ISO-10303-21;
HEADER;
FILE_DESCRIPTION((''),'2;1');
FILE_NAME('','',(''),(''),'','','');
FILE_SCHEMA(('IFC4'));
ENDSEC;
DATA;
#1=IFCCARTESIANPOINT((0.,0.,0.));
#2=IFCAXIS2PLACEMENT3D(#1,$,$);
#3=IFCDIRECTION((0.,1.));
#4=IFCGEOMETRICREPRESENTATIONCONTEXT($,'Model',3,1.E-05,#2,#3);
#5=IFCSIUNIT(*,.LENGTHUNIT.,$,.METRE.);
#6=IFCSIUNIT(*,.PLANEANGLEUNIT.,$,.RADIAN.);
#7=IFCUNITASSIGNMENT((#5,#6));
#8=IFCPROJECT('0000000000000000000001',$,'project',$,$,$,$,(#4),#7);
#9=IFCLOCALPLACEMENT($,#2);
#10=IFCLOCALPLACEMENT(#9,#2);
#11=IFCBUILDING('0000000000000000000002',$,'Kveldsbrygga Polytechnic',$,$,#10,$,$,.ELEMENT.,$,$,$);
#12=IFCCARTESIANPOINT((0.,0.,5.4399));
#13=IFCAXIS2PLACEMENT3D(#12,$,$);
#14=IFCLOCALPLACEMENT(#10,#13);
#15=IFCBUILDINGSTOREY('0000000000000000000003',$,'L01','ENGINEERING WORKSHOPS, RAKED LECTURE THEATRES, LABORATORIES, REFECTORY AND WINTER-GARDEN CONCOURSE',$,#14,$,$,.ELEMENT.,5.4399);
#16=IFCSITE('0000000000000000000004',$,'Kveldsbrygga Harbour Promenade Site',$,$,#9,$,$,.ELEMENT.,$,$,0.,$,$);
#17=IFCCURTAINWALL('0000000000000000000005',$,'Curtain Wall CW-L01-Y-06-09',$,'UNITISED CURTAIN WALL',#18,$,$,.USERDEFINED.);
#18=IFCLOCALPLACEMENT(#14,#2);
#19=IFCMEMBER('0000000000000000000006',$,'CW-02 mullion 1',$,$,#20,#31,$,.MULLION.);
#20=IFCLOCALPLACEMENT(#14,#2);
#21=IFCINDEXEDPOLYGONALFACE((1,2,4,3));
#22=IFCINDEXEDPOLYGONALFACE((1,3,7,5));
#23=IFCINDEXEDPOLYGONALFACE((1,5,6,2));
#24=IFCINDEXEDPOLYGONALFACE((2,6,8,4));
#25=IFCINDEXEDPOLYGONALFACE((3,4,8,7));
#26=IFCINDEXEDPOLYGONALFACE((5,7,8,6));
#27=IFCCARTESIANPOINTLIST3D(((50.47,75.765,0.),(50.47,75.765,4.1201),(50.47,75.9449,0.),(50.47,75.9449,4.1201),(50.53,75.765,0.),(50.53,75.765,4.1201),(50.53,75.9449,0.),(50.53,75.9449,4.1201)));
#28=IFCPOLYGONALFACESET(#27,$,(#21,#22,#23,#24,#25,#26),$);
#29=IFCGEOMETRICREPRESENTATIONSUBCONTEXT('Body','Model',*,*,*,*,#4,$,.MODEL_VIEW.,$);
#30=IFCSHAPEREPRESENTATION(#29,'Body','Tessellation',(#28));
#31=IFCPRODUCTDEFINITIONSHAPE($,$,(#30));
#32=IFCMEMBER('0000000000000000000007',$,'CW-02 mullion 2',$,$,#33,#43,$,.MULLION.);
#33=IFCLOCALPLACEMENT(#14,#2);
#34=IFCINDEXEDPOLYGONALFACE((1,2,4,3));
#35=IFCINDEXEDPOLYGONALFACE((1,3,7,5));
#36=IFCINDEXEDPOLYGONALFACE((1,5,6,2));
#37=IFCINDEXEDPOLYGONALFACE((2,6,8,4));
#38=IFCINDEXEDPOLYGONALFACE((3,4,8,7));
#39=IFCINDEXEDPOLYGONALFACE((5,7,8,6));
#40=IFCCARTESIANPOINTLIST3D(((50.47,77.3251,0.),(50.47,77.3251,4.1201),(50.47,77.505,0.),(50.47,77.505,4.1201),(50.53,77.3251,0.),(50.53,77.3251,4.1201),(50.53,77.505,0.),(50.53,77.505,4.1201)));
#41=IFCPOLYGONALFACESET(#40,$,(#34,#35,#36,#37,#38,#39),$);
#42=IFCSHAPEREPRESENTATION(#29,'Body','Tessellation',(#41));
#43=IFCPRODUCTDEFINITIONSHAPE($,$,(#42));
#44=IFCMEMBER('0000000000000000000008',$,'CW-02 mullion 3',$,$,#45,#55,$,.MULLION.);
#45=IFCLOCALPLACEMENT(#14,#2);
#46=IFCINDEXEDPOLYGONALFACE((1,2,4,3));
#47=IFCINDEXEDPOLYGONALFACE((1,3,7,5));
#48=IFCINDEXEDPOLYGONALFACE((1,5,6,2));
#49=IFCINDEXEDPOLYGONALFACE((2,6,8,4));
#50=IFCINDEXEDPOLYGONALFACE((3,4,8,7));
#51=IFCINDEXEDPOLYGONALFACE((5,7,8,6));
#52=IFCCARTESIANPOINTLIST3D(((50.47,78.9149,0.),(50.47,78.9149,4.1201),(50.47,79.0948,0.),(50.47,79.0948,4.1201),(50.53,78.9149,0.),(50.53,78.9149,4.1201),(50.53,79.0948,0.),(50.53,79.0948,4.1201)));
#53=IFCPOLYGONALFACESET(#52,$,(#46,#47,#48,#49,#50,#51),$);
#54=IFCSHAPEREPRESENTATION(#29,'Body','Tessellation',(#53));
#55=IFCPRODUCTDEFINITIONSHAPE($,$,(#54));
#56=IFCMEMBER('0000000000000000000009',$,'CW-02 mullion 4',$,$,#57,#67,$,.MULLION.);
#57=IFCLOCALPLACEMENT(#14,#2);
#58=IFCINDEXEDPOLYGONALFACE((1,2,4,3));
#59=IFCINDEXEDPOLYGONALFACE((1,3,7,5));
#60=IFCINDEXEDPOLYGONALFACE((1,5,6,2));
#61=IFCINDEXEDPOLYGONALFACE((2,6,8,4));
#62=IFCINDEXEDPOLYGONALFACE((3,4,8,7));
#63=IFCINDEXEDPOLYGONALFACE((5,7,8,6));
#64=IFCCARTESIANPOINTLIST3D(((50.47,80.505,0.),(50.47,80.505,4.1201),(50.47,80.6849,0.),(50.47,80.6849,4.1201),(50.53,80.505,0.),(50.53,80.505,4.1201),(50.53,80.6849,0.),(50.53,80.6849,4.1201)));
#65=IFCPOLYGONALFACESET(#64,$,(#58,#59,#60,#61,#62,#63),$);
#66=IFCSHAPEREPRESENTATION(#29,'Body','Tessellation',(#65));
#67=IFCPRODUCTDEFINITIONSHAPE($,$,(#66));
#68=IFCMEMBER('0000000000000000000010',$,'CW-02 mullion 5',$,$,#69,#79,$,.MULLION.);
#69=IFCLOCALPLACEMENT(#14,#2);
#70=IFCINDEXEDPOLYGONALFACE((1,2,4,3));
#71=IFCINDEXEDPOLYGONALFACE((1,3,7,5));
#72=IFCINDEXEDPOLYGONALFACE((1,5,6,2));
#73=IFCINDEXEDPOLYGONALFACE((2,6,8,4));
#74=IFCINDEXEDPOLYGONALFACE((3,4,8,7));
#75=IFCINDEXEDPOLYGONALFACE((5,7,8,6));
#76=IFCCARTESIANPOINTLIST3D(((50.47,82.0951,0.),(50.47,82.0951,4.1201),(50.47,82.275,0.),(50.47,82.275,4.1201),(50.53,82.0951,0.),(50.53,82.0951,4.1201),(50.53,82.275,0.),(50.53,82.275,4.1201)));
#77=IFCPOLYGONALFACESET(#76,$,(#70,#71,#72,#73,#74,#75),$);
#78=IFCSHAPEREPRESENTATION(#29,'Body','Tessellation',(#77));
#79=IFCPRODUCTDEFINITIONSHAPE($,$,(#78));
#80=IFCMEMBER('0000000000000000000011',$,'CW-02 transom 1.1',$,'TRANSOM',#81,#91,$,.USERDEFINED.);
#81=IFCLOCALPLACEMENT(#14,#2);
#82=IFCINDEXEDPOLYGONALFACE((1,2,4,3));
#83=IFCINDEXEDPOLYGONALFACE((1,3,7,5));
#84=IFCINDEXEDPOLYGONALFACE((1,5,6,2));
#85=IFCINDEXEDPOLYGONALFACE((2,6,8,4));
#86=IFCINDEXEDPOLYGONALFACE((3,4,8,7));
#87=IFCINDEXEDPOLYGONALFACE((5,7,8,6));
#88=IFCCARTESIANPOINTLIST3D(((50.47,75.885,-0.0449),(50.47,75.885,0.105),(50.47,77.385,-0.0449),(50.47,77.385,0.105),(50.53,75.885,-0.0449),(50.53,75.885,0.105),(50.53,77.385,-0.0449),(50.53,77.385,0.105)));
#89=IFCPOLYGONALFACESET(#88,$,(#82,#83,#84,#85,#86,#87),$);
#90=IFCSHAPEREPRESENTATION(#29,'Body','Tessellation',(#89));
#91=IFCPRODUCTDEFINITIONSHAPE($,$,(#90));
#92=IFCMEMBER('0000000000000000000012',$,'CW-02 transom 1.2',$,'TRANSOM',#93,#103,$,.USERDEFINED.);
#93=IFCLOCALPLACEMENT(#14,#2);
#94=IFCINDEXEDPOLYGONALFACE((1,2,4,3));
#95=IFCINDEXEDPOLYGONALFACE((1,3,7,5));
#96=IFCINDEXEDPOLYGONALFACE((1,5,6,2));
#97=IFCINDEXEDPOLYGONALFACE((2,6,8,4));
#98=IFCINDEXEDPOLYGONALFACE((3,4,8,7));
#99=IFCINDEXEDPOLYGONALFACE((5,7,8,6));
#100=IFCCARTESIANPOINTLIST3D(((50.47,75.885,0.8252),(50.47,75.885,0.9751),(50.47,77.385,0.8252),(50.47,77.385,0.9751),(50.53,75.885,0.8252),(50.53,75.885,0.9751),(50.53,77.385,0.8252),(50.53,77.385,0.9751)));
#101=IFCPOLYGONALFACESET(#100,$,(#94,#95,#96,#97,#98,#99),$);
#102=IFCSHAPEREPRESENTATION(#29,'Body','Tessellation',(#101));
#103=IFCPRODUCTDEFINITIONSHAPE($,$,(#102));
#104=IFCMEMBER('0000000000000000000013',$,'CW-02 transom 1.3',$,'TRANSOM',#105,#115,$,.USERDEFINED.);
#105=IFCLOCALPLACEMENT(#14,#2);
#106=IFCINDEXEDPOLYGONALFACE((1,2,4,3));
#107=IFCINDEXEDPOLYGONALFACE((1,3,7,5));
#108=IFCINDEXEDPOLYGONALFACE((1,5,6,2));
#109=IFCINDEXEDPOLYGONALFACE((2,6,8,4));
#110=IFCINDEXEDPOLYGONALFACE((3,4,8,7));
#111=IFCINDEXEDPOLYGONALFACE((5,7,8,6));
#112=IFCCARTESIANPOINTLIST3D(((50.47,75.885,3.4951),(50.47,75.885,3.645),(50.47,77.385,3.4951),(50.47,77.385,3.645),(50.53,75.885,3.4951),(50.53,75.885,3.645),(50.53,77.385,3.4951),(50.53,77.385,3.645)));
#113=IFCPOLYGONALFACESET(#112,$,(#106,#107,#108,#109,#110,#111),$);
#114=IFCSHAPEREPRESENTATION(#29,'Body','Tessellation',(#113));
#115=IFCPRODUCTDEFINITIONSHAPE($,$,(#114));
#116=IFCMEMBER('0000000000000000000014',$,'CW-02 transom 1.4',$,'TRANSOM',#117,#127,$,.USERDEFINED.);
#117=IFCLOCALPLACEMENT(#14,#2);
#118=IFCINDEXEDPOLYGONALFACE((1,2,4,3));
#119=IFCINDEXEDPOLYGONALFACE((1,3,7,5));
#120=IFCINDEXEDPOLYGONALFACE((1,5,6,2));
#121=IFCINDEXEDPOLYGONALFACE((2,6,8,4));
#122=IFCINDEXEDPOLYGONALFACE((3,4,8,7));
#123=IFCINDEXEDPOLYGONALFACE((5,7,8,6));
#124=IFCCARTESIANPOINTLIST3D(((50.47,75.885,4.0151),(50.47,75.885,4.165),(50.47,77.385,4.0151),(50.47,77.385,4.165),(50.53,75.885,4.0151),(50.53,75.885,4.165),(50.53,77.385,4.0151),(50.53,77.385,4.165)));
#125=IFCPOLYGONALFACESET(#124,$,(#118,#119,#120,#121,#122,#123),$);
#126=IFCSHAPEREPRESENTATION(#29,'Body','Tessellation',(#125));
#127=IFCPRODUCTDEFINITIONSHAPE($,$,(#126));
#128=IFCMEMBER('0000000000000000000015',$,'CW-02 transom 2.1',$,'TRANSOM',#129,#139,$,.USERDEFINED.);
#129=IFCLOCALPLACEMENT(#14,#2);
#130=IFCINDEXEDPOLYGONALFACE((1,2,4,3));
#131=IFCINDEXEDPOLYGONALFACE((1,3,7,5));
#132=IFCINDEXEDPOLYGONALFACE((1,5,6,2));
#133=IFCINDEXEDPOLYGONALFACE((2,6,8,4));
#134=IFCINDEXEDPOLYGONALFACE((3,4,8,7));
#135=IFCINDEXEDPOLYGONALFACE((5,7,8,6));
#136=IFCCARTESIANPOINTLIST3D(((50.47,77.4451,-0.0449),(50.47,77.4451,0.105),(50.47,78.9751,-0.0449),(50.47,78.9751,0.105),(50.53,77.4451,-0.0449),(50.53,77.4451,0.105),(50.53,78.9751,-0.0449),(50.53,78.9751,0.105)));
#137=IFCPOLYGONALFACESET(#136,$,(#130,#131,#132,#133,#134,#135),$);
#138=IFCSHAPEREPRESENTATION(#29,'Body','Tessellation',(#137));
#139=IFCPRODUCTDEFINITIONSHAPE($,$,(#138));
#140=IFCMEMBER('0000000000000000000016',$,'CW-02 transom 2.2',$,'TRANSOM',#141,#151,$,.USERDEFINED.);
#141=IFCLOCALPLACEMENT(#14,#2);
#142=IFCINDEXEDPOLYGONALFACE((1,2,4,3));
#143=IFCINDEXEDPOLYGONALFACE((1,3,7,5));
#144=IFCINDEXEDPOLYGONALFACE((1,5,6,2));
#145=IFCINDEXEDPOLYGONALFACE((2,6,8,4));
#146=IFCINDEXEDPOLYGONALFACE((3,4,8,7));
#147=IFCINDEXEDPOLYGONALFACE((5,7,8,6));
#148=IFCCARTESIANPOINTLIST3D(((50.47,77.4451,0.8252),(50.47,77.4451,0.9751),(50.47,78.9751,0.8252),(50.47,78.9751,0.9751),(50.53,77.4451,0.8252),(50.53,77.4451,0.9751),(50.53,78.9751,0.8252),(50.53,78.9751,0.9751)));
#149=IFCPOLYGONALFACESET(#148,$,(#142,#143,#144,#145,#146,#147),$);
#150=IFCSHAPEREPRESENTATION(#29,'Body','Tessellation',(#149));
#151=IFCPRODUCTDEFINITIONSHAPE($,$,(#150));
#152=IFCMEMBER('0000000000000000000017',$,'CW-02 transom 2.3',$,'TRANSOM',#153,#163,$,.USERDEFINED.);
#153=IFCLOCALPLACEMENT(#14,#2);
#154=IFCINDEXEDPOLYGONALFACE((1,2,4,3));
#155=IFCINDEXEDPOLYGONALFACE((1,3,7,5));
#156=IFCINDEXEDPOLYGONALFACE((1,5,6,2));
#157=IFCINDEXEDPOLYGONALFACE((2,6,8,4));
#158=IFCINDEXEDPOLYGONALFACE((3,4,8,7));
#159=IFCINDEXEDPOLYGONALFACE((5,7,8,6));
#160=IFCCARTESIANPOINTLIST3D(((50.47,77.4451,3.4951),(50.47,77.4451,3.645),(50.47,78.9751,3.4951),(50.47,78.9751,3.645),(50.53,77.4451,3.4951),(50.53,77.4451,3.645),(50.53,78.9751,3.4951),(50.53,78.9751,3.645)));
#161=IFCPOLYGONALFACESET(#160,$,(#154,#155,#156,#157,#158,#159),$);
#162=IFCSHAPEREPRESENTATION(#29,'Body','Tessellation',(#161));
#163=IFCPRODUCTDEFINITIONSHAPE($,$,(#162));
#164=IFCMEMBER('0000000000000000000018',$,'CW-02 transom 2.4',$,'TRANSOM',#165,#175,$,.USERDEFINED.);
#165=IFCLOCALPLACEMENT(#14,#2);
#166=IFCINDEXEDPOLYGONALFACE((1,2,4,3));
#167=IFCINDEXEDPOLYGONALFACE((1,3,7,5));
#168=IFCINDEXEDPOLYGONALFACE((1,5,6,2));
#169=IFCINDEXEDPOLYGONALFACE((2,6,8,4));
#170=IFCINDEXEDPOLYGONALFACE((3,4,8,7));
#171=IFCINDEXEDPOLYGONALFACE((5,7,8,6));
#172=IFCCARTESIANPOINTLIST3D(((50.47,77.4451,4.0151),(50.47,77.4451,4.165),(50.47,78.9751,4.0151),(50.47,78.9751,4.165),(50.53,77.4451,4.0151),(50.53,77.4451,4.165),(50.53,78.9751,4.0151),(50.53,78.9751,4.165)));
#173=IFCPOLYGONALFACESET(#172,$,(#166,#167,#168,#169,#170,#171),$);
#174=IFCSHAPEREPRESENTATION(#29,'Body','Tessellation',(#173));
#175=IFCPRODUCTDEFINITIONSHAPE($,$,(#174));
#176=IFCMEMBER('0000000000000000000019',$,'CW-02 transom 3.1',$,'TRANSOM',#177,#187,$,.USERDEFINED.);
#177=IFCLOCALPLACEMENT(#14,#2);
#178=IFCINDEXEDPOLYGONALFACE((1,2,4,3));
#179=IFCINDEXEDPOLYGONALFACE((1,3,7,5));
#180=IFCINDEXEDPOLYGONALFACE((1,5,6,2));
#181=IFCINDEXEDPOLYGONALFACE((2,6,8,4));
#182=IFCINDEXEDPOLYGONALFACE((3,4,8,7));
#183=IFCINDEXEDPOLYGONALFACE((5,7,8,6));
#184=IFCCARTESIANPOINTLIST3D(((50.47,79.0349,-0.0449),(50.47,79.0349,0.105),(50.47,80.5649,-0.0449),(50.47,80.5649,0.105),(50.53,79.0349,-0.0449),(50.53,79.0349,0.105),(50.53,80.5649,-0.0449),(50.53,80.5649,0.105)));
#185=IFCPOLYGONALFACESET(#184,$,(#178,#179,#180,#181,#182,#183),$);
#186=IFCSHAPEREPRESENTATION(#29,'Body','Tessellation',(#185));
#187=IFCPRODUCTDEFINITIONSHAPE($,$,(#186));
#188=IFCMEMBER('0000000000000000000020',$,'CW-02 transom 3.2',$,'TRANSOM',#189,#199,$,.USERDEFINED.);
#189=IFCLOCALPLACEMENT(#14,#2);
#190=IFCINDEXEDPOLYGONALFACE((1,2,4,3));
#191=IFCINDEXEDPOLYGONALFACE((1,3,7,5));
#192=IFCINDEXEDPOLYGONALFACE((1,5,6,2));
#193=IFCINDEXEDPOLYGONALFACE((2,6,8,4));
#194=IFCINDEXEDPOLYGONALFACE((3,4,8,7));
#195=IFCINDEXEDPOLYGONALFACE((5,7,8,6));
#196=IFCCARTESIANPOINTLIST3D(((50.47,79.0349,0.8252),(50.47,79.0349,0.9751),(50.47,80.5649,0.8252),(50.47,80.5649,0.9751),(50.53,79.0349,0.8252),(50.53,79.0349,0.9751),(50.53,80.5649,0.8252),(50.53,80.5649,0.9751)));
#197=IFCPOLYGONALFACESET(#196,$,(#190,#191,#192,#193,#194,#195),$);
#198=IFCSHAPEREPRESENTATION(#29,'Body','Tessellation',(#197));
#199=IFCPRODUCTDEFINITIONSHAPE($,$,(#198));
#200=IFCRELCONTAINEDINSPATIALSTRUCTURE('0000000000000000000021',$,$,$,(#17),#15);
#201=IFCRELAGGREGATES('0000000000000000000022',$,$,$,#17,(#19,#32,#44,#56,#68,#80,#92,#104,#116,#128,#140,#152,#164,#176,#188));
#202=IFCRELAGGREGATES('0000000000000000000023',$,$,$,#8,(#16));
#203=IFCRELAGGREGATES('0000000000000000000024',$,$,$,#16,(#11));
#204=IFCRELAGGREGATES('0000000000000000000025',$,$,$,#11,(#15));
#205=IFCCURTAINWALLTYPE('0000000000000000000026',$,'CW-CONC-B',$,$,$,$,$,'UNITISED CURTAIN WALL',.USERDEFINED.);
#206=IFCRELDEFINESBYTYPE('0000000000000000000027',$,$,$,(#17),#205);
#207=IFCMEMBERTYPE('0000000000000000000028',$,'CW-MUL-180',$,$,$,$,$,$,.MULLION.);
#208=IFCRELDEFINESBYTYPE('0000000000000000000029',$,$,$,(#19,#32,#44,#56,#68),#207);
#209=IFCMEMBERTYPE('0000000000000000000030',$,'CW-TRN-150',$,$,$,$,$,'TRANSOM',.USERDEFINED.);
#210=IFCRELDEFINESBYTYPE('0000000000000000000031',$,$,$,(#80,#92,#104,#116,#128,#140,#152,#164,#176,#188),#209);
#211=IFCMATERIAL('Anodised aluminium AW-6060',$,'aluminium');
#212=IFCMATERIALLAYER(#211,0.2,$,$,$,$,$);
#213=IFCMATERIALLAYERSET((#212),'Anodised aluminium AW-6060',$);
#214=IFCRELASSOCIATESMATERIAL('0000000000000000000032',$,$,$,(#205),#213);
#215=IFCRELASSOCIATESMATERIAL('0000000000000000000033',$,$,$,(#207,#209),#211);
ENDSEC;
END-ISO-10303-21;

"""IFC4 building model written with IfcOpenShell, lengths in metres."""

from ifc_helpers import new_model, si_unit, direction, frame, origin, origin_2d, place, context, subcontext, project, spatial, rectangle, extrude, material, layer, layer_set, material_profile, profile_set, type_object, element, aggregate, save


model = new_model("IFC4")

# Units and contexts
model_context = context("Model", 3, precision=1e-05, world=origin(), true_north=direction((0.0, 1.0)))
body_context = subcontext(model_context, "Body", "Model", "MODEL_VIEW")
ifc_project = project(units=[si_unit("LENGTHUNIT", "METRE"), si_unit("PLANEANGLEUNIT", "RADIAN")], contexts=[model_context])

# Site, building, storey
site_placement = place(None, origin())
site = spatial("IfcSite", under=ifc_project, at=site_placement, Name="Kveldsbrygga Harbour Promenade Site", CompositionType="ELEMENT", RefElevation=0.0)
building_placement = place(site_placement, origin())
building = spatial("IfcBuilding", under=site, at=building_placement, Name="Kveldsbrygga Polytechnic", CompositionType="ELEMENT")
storey_placement = place(building_placement, frame((0.0, 0.0, 5.4399)))
storey = spatial("IfcBuildingStorey", under=building, at=storey_placement, Name="L01", Description="ENGINEERING WORKSHOPS, RAKED LECTURE THEATRES, LABORATORIES, REFECTORY AND WINTER-GARDEN CONCOURSE", CompositionType="ELEMENT", Elevation=5.4399)

# Curtain wall, members
ifc_material_1 = material(Name="Anodised aluminium AW-6060", Category="aluminium")
ifc_layer_1 = layer(ifc_material_1, 0.2)
ifc_layer_set_1 = layer_set([ifc_layer_1], Name="Anodised aluminium AW-6060")
curtain_wall_type = type_object("IfcCurtainWallType", Name="CW-CONC-B", ElementType="UNITISED CURTAIN WALL", PredefinedType="USERDEFINED", material=ifc_layer_set_1)
curtain_wall_placement = place(storey_placement, origin())
curtain_wall = element("IfcCurtainWall", 1, at=curtain_wall_placement, inside=storey, type_object=curtain_wall_type, Name="Curtain Wall CW-L01-Y-06-09", ObjectType="UNITISED CURTAIN WALL", PredefinedType="USERDEFINED")
ifc_material_profile_1 = material_profile(ifc_material_1, rectangle(XDim=0.0601, YDim=0.1799, at=origin_2d()), Name="ALU 60x180")
ifc_profile_set_1 = profile_set([ifc_material_profile_1], Name="Anodised aluminium AW-6060")
member_type_1 = type_object("IfcMemberType", Name="CW-MUL-180", PredefinedType="MULLION", material=ifc_profile_set_1)
member_1_placement = place(storey_placement, frame((50.5, 75.855, 0.0), z_axis=(0.0, 0.0, 1.0), x_axis=(-1.0, 0.0, 0.0)))
member_1 = element("IfcMember", 2, at=member_1_placement, type_object=member_type_1, Name="CW-02 mullion 1", PredefinedType="MULLION", context=body_context, shape_type="SweptSolid", body=[
    extrude(rectangle(XDim=0.0601, YDim=0.1799, at=origin_2d()), origin(), (0.0, 0.0, 1.0), 4.1201),
])
member_2_placement = place(storey_placement, frame((50.5, 77.415, 0.0), z_axis=(0.0, 0.0, 1.0), x_axis=(-1.0, 0.0, 0.0)))
member_2 = element("IfcMember", 3, at=member_2_placement, type_object=member_type_1, Name="CW-02 mullion 2", PredefinedType="MULLION", context=body_context, shape_type="SweptSolid", body=[
    extrude(rectangle(XDim=0.0601, YDim=0.1799, at=origin_2d()), origin(), (0.0, 0.0, 1.0), 4.1201),
])
member_3_placement = place(storey_placement, frame((50.5, 79.0049, 0.0), z_axis=(0.0, 0.0, 1.0), x_axis=(-1.0, 0.0, 0.0)))
member_3 = element("IfcMember", 4, at=member_3_placement, type_object=member_type_1, Name="CW-02 mullion 3", PredefinedType="MULLION", context=body_context, shape_type="SweptSolid", body=[
    extrude(rectangle(XDim=0.0601, YDim=0.1799, at=origin_2d()), origin(), (0.0, 0.0, 1.0), 4.1201),
])
member_4_placement = place(storey_placement, frame((50.5, 80.595, 0.0), z_axis=(0.0, 0.0, 1.0), x_axis=(-1.0, 0.0, 0.0)))
member_4 = element("IfcMember", 5, at=member_4_placement, type_object=member_type_1, Name="CW-02 mullion 4", PredefinedType="MULLION", context=body_context, shape_type="SweptSolid", body=[
    extrude(rectangle(XDim=0.0601, YDim=0.1799, at=origin_2d()), origin(), (0.0, 0.0, 1.0), 4.1201),
])
member_5_placement = place(storey_placement, frame((50.5, 82.1851, 0.0), z_axis=(0.0, 0.0, 1.0), x_axis=(-1.0, 0.0, 0.0)))
member_5 = element("IfcMember", 6, at=member_5_placement, type_object=member_type_1, Name="CW-02 mullion 5", PredefinedType="MULLION", context=body_context, shape_type="SweptSolid", body=[
    extrude(rectangle(XDim=0.0601, YDim=0.1799, at=origin_2d()), origin(), (0.0, 0.0, 1.0), 4.1201),
])
ifc_material_profile_2 = material_profile(ifc_material_1, rectangle(XDim=0.0601, YDim=0.1499, at=origin_2d()), Name="ALU 60x150")
ifc_profile_set_2 = profile_set([ifc_material_profile_2], Name="Anodised aluminium AW-6060")
member_type_2 = type_object("IfcMemberType", Name="CW-TRN-150", ElementType="TRANSOM", PredefinedType="USERDEFINED", material=ifc_profile_set_2)
member_6_placement = place(storey_placement, frame((50.5, 75.885, 0.03), z_axis=(0.0, 1.0, 0.0), x_axis=(-1.0, 0.0, 0.0)))
member_6 = element("IfcMember", 7, at=member_6_placement, type_object=member_type_2, Name="CW-02 transom 1.1", ObjectType="TRANSOM", PredefinedType="USERDEFINED", context=body_context, shape_type="SweptSolid", body=[
    extrude(rectangle(XDim=0.0601, YDim=0.1499, at=origin_2d()), origin(), (0.0, 0.0, 1.0), 1.5),
])
member_7_placement = place(storey_placement, frame((50.5, 75.885, 0.9001), z_axis=(0.0, 1.0, 0.0), x_axis=(-1.0, 0.0, 0.0)))
member_7 = element("IfcMember", 8, at=member_7_placement, type_object=member_type_2, Name="CW-02 transom 1.2", ObjectType="TRANSOM", PredefinedType="USERDEFINED", context=body_context, shape_type="SweptSolid", body=[
    extrude(rectangle(XDim=0.0601, YDim=0.1499, at=origin_2d()), origin(), (0.0, 0.0, 1.0), 1.5),
])
member_8_placement = place(storey_placement, frame((50.5, 75.885, 3.5701), z_axis=(0.0, 1.0, 0.0), x_axis=(-1.0, 0.0, 0.0)))
member_8 = element("IfcMember", 9, at=member_8_placement, type_object=member_type_2, Name="CW-02 transom 1.3", ObjectType="TRANSOM", PredefinedType="USERDEFINED", context=body_context, shape_type="SweptSolid", body=[
    extrude(rectangle(XDim=0.0601, YDim=0.1499, at=origin_2d()), origin(), (0.0, 0.0, 1.0), 1.5),
])
member_9_placement = place(storey_placement, frame((50.5, 75.885, 4.0901), z_axis=(0.0, 1.0, 0.0), x_axis=(-1.0, 0.0, 0.0)))
member_9 = element("IfcMember", 10, at=member_9_placement, type_object=member_type_2, Name="CW-02 transom 1.4", ObjectType="TRANSOM", PredefinedType="USERDEFINED", context=body_context, shape_type="SweptSolid", body=[
    extrude(rectangle(XDim=0.0601, YDim=0.1499, at=origin_2d()), origin(), (0.0, 0.0, 1.0), 1.5),
])
member_10_placement = place(storey_placement, frame((50.5, 77.4451, 0.03), z_axis=(0.0, 1.0, 0.0), x_axis=(-1.0, 0.0, 0.0)))
member_10 = element("IfcMember", 11, at=member_10_placement, type_object=member_type_2, Name="CW-02 transom 2.1", ObjectType="TRANSOM", PredefinedType="USERDEFINED", context=body_context, shape_type="SweptSolid", body=[
    extrude(rectangle(XDim=0.0601, YDim=0.1499, at=origin_2d()), origin(), (0.0, 0.0, 1.0), 1.53),
])
member_11_placement = place(storey_placement, frame((50.5, 77.4451, 0.9001), z_axis=(0.0, 1.0, 0.0), x_axis=(-1.0, 0.0, 0.0)))
member_11 = element("IfcMember", 12, at=member_11_placement, type_object=member_type_2, Name="CW-02 transom 2.2", ObjectType="TRANSOM", PredefinedType="USERDEFINED", context=body_context, shape_type="SweptSolid", body=[
    extrude(rectangle(XDim=0.0601, YDim=0.1499, at=origin_2d()), origin(), (0.0, 0.0, 1.0), 1.53),
])
member_12_placement = place(storey_placement, frame((50.5, 77.4451, 3.5701), z_axis=(0.0, 1.0, 0.0), x_axis=(-1.0, 0.0, 0.0)))
member_12 = element("IfcMember", 13, at=member_12_placement, type_object=member_type_2, Name="CW-02 transom 2.3", ObjectType="TRANSOM", PredefinedType="USERDEFINED", context=body_context, shape_type="SweptSolid", body=[
    extrude(rectangle(XDim=0.0601, YDim=0.1499, at=origin_2d()), origin(), (0.0, 0.0, 1.0), 1.53),
])
member_13_placement = place(storey_placement, frame((50.5, 77.4451, 4.0901), z_axis=(0.0, 1.0, 0.0), x_axis=(-1.0, 0.0, 0.0)))
member_13 = element("IfcMember", 14, at=member_13_placement, type_object=member_type_2, Name="CW-02 transom 2.4", ObjectType="TRANSOM", PredefinedType="USERDEFINED", context=body_context, shape_type="SweptSolid", body=[
    extrude(rectangle(XDim=0.0601, YDim=0.1499, at=origin_2d()), origin(), (0.0, 0.0, 1.0), 1.53),
])
member_14_placement = place(storey_placement, frame((50.5, 79.0349, 0.03), z_axis=(0.0, 1.0, 0.0), x_axis=(-1.0, 0.0, 0.0)))
member_14 = element("IfcMember", 15, at=member_14_placement, type_object=member_type_2, Name="CW-02 transom 3.1", ObjectType="TRANSOM", PredefinedType="USERDEFINED", context=body_context, shape_type="SweptSolid", body=[
    extrude(rectangle(XDim=0.0601, YDim=0.1499, at=origin_2d()), origin(), (0.0, 0.0, 1.0), 1.53),
])
member_15_placement = place(storey_placement, frame((50.5, 79.0349, 0.9001), z_axis=(0.0, 1.0, 0.0), x_axis=(-1.0, 0.0, 0.0)))
member_15 = element("IfcMember", 16, at=member_15_placement, type_object=member_type_2, Name="CW-02 transom 3.2", ObjectType="TRANSOM", PredefinedType="USERDEFINED", context=body_context, shape_type="SweptSolid", body=[
    extrude(rectangle(XDim=0.0601, YDim=0.1499, at=origin_2d()), origin(), (0.0, 0.0, 1.0), 1.53),
])
aggregate(curtain_wall, [member_1, member_2, member_3, member_4, member_5, member_6, member_7, member_8, member_9, member_10, member_11, member_12, member_13, member_14, member_15])

save(model, "model.ifc")
